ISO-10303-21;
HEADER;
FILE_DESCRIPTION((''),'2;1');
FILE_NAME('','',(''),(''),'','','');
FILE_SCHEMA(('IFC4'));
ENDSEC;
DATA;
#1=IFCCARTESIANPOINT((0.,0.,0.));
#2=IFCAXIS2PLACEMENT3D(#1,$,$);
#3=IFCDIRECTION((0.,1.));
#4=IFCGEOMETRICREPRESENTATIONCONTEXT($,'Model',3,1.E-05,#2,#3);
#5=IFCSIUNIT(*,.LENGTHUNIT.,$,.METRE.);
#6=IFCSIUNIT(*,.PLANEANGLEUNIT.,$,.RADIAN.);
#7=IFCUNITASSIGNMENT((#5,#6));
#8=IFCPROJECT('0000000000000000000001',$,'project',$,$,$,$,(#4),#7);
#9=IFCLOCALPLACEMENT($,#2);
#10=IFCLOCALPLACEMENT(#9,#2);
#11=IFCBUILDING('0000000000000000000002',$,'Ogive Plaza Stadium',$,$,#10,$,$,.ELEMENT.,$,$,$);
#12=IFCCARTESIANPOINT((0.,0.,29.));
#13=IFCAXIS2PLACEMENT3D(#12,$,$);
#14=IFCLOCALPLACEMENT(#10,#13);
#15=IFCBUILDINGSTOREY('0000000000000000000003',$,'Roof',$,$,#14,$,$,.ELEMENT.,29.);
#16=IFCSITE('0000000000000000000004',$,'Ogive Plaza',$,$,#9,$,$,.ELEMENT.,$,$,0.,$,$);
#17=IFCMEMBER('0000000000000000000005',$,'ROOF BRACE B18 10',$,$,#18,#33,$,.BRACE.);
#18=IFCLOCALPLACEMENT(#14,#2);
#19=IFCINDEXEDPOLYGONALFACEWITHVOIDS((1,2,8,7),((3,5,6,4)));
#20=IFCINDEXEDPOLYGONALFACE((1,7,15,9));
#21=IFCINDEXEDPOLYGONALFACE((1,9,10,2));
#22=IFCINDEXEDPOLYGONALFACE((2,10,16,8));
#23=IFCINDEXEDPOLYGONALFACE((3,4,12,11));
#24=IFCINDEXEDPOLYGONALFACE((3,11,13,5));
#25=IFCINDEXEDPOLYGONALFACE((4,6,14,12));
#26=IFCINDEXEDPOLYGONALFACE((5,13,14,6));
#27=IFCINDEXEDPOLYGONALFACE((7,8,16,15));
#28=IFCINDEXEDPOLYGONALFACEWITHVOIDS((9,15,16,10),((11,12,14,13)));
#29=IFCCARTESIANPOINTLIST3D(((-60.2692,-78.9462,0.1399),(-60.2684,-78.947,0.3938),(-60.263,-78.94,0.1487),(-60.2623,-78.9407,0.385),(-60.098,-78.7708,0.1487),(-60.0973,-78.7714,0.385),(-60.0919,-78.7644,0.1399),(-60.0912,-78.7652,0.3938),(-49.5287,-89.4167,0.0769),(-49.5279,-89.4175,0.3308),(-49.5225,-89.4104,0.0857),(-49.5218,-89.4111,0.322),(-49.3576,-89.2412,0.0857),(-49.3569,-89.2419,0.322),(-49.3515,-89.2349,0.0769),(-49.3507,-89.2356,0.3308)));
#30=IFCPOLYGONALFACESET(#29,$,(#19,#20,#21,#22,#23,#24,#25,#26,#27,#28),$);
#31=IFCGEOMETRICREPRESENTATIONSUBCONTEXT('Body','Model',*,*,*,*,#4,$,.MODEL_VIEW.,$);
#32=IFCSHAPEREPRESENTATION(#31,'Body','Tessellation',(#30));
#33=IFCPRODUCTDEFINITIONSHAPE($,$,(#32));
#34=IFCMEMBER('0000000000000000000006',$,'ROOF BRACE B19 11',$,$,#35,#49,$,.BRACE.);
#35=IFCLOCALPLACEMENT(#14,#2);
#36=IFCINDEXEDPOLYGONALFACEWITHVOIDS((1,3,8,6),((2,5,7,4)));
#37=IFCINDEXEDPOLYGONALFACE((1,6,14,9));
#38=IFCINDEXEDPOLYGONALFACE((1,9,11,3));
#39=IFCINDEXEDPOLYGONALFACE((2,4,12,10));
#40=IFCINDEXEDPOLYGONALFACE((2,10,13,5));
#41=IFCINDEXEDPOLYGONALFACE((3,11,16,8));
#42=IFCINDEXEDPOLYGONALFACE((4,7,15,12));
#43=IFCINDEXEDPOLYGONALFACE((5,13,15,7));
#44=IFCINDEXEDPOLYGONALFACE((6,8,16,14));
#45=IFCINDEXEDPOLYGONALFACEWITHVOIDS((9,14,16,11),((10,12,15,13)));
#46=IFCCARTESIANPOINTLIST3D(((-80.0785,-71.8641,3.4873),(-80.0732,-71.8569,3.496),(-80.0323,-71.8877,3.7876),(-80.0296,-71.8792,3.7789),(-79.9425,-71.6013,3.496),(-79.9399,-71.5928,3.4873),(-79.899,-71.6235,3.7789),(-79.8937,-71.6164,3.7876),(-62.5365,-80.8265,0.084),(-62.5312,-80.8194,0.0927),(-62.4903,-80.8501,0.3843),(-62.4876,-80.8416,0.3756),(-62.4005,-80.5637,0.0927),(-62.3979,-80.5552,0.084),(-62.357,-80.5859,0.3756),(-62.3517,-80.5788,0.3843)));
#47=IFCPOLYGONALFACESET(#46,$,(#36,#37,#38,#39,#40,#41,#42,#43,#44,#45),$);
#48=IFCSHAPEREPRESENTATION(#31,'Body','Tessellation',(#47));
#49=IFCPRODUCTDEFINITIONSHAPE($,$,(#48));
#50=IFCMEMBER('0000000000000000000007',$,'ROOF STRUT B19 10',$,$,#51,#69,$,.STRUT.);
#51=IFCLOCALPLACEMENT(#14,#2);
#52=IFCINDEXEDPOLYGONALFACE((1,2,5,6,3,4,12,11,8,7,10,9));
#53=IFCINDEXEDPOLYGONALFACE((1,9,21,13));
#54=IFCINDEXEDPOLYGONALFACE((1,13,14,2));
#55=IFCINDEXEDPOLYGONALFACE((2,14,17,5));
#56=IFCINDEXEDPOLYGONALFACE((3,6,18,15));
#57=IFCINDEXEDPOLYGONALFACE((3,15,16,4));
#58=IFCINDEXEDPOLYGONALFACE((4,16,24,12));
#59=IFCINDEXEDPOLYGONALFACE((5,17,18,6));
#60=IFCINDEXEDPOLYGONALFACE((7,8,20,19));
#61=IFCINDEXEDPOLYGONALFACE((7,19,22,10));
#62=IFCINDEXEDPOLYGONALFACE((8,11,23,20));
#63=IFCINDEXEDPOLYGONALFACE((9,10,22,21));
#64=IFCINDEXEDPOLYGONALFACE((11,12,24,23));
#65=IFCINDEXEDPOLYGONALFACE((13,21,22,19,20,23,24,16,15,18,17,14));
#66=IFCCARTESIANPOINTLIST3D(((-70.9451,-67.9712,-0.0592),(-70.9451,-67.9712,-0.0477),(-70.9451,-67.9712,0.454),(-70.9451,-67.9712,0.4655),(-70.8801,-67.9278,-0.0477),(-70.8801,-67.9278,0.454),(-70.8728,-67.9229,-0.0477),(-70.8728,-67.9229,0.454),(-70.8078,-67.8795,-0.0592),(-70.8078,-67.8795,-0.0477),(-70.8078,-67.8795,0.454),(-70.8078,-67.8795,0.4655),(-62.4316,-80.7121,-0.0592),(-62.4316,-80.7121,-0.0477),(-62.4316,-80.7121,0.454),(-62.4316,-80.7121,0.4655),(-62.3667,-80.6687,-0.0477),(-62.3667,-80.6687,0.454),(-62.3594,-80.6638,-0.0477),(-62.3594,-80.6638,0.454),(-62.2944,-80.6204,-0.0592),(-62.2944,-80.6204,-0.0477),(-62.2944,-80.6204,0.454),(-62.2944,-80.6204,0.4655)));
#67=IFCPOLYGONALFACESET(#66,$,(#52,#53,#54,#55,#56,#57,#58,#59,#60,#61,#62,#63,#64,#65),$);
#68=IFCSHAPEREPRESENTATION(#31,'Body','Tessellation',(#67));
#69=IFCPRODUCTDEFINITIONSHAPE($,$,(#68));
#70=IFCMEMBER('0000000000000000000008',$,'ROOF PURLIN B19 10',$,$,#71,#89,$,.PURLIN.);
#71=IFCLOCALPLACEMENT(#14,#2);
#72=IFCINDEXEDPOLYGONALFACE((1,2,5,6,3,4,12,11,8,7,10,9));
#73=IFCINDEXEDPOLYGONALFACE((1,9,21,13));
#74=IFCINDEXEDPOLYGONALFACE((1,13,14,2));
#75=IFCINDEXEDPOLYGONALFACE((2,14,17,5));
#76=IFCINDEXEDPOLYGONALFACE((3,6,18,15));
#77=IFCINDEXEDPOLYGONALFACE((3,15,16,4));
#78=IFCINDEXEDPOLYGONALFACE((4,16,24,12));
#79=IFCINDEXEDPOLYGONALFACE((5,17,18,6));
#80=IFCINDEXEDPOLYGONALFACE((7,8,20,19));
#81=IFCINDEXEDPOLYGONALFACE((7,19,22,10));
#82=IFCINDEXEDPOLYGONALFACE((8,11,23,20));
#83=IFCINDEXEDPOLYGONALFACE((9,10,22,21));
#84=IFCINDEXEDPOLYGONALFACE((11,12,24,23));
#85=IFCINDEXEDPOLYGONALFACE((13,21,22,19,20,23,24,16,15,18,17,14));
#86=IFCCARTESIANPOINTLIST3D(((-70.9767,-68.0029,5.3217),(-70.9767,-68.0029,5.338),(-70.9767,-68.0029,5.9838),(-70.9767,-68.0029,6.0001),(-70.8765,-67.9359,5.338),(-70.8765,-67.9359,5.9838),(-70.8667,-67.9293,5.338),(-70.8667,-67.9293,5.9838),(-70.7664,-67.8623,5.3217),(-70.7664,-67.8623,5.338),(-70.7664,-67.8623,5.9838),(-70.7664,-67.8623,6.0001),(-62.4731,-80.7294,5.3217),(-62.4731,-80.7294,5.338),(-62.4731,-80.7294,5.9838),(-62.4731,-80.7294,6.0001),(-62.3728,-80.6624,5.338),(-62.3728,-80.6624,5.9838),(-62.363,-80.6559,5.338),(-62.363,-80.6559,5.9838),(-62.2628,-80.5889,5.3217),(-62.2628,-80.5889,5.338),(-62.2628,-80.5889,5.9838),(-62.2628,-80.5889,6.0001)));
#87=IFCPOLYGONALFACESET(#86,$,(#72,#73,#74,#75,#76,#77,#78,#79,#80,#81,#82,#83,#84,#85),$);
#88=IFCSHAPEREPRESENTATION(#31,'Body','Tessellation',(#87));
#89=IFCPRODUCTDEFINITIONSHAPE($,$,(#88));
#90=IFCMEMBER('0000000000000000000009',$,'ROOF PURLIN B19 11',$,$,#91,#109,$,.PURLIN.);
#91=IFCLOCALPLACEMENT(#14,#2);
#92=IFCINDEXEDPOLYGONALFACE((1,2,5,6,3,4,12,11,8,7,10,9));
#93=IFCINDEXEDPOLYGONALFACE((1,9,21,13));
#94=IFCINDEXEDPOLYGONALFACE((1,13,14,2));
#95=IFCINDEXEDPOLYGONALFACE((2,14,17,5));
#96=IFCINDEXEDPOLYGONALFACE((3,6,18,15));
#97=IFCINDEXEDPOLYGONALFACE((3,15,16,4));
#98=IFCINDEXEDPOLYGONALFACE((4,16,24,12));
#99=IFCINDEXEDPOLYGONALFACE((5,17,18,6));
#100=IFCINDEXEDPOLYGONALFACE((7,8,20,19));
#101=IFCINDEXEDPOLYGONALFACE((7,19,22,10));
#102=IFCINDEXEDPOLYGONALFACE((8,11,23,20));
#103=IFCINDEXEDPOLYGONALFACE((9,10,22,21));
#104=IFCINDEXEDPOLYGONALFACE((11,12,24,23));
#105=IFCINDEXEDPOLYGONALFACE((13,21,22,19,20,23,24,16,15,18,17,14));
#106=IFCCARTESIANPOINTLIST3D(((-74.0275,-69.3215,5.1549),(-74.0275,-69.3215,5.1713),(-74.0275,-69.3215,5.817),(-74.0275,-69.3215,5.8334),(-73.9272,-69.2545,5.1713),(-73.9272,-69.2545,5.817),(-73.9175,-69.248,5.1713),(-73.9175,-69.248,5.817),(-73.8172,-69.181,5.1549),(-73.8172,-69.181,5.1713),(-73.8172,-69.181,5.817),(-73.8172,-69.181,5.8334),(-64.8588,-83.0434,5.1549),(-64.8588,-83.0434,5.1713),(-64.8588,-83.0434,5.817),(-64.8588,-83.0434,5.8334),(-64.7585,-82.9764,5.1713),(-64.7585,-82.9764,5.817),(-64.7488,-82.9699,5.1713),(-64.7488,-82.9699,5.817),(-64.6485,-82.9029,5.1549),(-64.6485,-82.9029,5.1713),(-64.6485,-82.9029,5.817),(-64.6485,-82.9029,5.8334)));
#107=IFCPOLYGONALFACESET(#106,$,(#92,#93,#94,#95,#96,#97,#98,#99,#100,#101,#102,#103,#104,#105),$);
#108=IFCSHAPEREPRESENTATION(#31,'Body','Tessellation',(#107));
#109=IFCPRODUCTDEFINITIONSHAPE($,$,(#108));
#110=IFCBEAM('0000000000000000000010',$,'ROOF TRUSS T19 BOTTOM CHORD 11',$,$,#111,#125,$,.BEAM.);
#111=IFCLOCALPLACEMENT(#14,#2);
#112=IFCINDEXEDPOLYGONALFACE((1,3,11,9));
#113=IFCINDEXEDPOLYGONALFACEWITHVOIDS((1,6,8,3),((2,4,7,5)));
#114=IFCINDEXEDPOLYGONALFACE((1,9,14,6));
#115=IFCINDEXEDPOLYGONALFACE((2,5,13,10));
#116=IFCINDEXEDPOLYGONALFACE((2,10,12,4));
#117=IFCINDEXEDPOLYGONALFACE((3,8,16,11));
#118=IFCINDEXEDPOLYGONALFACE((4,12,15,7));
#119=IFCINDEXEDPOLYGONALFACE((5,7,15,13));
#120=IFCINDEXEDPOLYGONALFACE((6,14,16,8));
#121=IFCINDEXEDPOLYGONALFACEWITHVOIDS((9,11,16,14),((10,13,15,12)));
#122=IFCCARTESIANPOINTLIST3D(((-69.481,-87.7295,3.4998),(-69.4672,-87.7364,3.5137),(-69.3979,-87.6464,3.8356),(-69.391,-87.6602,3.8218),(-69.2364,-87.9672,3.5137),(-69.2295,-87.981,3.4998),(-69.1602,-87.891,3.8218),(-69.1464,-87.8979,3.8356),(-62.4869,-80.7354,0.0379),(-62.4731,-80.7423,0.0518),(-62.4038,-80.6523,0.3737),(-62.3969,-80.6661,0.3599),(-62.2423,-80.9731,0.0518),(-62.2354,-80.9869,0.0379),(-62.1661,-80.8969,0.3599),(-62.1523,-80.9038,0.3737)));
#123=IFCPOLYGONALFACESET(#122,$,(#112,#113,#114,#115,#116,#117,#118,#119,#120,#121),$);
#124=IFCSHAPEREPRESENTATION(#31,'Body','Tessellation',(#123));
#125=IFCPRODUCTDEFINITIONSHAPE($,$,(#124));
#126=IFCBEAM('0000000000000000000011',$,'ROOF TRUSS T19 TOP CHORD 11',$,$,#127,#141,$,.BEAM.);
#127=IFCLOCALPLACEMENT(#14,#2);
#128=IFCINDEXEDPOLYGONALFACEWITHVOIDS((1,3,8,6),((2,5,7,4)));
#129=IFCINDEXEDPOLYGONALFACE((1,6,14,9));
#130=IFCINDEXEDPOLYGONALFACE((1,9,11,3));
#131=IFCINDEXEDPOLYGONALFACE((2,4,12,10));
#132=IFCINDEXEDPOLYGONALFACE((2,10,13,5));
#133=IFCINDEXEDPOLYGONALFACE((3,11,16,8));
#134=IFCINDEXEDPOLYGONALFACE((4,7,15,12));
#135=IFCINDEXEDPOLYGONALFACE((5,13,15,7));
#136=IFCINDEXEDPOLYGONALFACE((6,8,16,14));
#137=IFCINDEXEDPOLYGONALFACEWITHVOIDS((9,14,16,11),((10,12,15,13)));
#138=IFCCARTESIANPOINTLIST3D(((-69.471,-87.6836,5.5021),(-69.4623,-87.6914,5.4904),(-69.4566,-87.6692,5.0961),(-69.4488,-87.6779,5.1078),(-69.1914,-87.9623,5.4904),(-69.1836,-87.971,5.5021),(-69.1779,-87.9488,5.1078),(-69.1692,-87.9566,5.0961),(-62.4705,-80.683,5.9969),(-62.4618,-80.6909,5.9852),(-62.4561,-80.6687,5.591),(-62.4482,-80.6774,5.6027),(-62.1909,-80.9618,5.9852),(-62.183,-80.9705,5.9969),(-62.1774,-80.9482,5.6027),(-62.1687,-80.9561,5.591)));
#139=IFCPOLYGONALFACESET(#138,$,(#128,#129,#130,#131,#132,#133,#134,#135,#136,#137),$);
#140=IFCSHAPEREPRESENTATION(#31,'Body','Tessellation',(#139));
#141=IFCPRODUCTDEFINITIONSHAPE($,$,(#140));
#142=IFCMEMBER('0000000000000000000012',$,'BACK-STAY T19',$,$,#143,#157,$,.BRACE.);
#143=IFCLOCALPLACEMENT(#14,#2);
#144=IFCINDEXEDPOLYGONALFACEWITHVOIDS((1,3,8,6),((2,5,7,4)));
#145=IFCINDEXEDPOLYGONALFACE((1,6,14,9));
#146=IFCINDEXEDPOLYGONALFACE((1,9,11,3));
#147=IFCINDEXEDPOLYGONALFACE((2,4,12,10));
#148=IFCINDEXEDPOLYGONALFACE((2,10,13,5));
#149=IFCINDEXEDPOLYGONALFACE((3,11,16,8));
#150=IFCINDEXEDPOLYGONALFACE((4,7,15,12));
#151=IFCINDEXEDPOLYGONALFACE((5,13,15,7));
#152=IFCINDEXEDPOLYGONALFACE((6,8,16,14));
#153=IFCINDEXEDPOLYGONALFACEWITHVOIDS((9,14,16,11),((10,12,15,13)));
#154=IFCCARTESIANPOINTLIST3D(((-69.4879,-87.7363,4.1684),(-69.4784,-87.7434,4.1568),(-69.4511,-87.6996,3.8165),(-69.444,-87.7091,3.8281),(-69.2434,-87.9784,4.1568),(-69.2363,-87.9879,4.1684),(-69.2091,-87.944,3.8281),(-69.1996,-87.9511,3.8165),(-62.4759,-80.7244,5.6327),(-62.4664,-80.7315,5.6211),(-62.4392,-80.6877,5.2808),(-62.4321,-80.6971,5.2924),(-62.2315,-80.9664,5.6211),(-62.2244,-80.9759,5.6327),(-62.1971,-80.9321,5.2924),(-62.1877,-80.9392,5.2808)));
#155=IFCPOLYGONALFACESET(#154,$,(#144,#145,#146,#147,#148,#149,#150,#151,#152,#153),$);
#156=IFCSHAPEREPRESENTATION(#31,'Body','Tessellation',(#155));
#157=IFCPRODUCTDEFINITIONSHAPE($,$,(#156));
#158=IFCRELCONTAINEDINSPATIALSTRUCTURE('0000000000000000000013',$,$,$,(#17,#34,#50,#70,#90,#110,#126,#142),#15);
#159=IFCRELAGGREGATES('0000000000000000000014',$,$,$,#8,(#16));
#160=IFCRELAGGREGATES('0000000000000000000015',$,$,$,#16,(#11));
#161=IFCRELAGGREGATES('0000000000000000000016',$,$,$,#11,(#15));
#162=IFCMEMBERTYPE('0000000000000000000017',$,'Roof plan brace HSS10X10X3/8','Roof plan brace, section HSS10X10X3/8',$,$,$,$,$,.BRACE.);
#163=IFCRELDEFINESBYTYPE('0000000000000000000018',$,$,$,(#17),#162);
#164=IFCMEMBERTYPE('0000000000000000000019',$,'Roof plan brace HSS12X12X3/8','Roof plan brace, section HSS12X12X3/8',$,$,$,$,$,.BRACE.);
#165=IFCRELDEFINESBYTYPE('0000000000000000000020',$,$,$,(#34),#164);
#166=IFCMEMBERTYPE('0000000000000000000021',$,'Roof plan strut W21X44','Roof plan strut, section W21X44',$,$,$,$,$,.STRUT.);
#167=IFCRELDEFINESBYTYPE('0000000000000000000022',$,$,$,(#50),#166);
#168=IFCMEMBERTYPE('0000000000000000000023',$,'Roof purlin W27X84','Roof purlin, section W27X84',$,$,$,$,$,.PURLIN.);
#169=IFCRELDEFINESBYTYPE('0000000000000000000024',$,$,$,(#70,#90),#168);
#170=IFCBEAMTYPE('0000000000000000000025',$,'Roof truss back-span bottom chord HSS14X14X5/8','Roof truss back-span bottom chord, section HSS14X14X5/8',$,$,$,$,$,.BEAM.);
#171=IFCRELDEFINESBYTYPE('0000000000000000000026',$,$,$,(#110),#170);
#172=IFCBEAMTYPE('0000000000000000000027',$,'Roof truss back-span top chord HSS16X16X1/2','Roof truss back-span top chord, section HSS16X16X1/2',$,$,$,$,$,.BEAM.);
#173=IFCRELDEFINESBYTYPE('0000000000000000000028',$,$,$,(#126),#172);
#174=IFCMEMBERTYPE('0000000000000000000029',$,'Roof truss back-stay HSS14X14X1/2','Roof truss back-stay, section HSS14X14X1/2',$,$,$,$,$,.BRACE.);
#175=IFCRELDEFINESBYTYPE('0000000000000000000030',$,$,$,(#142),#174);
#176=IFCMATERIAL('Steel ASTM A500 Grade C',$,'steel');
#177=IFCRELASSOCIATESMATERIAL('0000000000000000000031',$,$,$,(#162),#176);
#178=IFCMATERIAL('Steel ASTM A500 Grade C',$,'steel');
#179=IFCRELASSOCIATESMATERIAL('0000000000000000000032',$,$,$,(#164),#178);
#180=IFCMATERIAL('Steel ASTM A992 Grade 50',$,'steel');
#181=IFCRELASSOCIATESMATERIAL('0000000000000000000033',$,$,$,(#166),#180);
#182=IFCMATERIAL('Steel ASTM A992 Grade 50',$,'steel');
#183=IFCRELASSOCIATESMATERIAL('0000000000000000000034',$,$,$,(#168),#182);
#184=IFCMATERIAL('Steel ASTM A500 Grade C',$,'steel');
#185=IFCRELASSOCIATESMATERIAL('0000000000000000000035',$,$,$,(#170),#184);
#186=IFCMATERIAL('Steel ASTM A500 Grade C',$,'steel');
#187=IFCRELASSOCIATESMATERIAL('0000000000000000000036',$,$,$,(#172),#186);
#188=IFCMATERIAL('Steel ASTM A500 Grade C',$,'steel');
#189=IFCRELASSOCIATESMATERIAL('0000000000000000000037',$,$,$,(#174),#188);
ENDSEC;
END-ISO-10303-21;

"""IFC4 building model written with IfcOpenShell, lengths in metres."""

from ifc_helpers import new_model, si_unit, direction, frame, origin, origin_2d, place, context, subcontext, project, spatial, hollow_rectangle, i_section, extrude, material, material_profile, profile_set, type_object, element, save


model = new_model("IFC4")

# Units and contexts
model_context = context("Model", 3, precision=1e-05, world=origin(), true_north=direction((0.0, 1.0)))
body_context = subcontext(model_context, "Body", "Model", "MODEL_VIEW")
ifc_project = project(units=[si_unit("LENGTHUNIT", "METRE"), si_unit("PLANEANGLEUNIT", "RADIAN")], contexts=[model_context])

# Site, building, storey
site_placement = place(None, origin())
site = spatial("IfcSite", under=ifc_project, at=site_placement, Name="Ogive Plaza", CompositionType="ELEMENT", RefElevation=0.0)
building_placement = place(site_placement, origin())
building = spatial("IfcBuilding", under=site, at=building_placement, Name="Ogive Plaza Stadium", CompositionType="ELEMENT")
storey_placement = place(building_placement, frame((0.0, 0.0, 29.0)))
storey = spatial("IfcBuildingStorey", under=building, at=storey_placement, Name="Roof", CompositionType="ELEMENT", Elevation=29.0)

# Members
ifc_material_1 = material(Name="Steel ASTM A500 Grade C", Category="steel")
ifc_material_profile_1 = material_profile(ifc_material_1, hollow_rectangle(XDim=0.2539, YDim=0.2539, WallThickness=0.0088, at=origin_2d()), Name="HSS10X10X3/8")
ifc_profile_set_1 = profile_set([ifc_material_profile_1], Name="Steel ASTM A500 Grade C")
member_type_1 = type_object("IfcMemberType", Name="Roof plan brace HSS10X10X3/8", Description="Roof plan brace, section HSS10X10X3/8", PredefinedType="BRACE", material=ifc_profile_set_1)
member_1_placement = place(storey_placement, frame((-60.1802, -78.8557, 0.2668), z_axis=(0.716044, -0.698042, -0.004199), x_axis=(0.698049, 0.71605, 0.0)))
element("IfcMember", 1, at=member_1_placement, inside=storey, type_object=member_type_1, Name="ROOF BRACE B18 10", PredefinedType="BRACE", context=body_context, shape_type="SweptSolid", body=[
    extrude(hollow_rectangle(XDim=0.2539, YDim=0.2539, WallThickness=0.0088, at=origin_2d()), origin(), (0.0, 0.0, 1.0), 14.9998),
])
ifc_material_2 = material(Name="Steel ASTM A500 Grade C", Category="steel")
ifc_material_profile_2 = material_profile(ifc_material_2, hollow_rectangle(XDim=0.3047, YDim=0.3047, WallThickness=0.0088, at=origin_2d()), Name="HSS12X12X3/8")
ifc_profile_set_2 = profile_set([ifc_material_profile_2], Name="Steel ASTM A500 Grade C")
member_type_2 = type_object("IfcMemberType", Name="Roof plan brace HSS12X12X3/8", Description="Roof plan brace, section HSS12X12X3/8", PredefinedType="BRACE", material=ifc_profile_set_2)
member_2_placement = place(storey_placement, frame((-62.4441, -80.7026, 0.2341), z_axis=(-0.877507, 0.448328, 0.170245), x_axis=(-0.45497, -0.890507, 0.0)))
element("IfcMember", 2, at=member_2_placement, inside=storey, type_object=member_type_2, Name="ROOF BRACE B19 11", PredefinedType="BRACE", context=body_context, shape_type="SweptSolid", body=[
    extrude(hollow_rectangle(XDim=0.3047, YDim=0.3047, WallThickness=0.0088, at=origin_2d()), origin(), (0.0, 0.0, 1.0), 19.9907),
])
ifc_material_3 = material(Name="Steel ASTM A992 Grade 50", Category="steel")
ifc_material_profile_3 = material_profile(ifc_material_3, i_section(OverallWidth=0.165, OverallDepth=0.5247, WebThickness=0.0088, FlangeThickness=0.0115, at=origin_2d()), Name="W21X44")
ifc_profile_set_3 = profile_set([ifc_material_profile_3], Name="Steel ASTM A992 Grade 50")
member_type_3 = type_object("IfcMemberType", Name="Roof plan strut W21X44", Description="Roof plan strut, section W21X44", PredefinedType="STRUT", material=ifc_profile_set_3)
member_3_placement = place(storey_placement, frame((-62.363, -80.6663, 0.2031), z_axis=(-0.555579, 0.831464, 0.0), x_axis=(-0.831464, -0.555579, 0.0)))
element("IfcMember", 3, at=member_3_placement, inside=storey, type_object=member_type_3, Name="ROOF STRUT B19 10", PredefinedType="STRUT", context=body_context, shape_type="SweptSolid", body=[
    extrude(i_section(OverallWidth=0.165, OverallDepth=0.5247, WebThickness=0.0088, FlangeThickness=0.0115, at=origin_2d()), origin(), (0.0, 0.0, 1.0), 15.3235),
])
ifc_material_4 = material(Name="Steel ASTM A992 Grade 50", Category="steel")
ifc_material_profile_4 = material_profile(ifc_material_4, i_section(OverallWidth=0.2529, OverallDepth=0.6785, WebThickness=0.0117, FlangeThickness=0.0164, at=origin_2d()), Name="W27X84")
ifc_profile_set_4 = profile_set([ifc_material_profile_4], Name="Steel ASTM A992 Grade 50")
member_type_4 = type_object("IfcMemberType", Name="Roof purlin W27X84", Description="Roof purlin, section W27X84", PredefinedType="PURLIN", material=ifc_profile_set_4)
member_4_placement = place(storey_placement, frame((-62.3679, -80.6592, 5.6609), z_axis=(-0.555572, 0.831468, 0.0), x_axis=(-0.831468, -0.555572, 0.0)))
element("IfcMember", 4, at=member_4_placement, inside=storey, type_object=member_type_4, Name="ROOF PURLIN B19 10", PredefinedType="PURLIN", context=body_context, shape_type="SweptSolid", body=[
    extrude(i_section(OverallWidth=0.2529, OverallDepth=0.6785, WebThickness=0.0117, FlangeThickness=0.0164, at=origin_2d()), origin(), (0.0, 0.0, 1.0), 15.3062),
])
member_5_placement = place(storey_placement, frame((-64.7537, -82.9731, 5.4941), z_axis=(-0.55557, 0.831469, 0.0), x_axis=(-0.831469, -0.55557, 0.0)))
element("IfcMember", 5, at=member_5_placement, inside=storey, type_object=member_type_4, Name="ROOF PURLIN B19 11", PredefinedType="PURLIN", context=body_context, shape_type="SweptSolid", body=[
    extrude(i_section(OverallWidth=0.2529, OverallDepth=0.6785, WebThickness=0.0117, FlangeThickness=0.0164, at=origin_2d()), origin(), (0.0, 0.0, 1.0), 16.5032),
])

# Beams
ifc_material_5 = material(Name="Steel ASTM A500 Grade C", Category="steel")
ifc_material_profile_5 = material_profile(ifc_material_5, hollow_rectangle(XDim=0.3557, YDim=0.3557, WallThickness=0.0146, at=origin_2d()), Name="HSS14X14X5/8")
ifc_profile_set_5 = profile_set([ifc_material_profile_5], Name="Steel ASTM A500 Grade C")
beam_type_1 = type_object("IfcBeamType", Name="Roof truss back-span bottom chord HSS14X14X5/8", Description="Roof truss back-span bottom chord, section HSS14X14X5/8", PredefinedType="BEAM", material=ifc_profile_set_5)
beam_1_placement = place(storey_placement, frame((-62.3196, -80.8196, 0.2058), z_axis=(-0.667409, -0.667409, 0.33035), x_axis=(0.707107, -0.707107, 0.0)))
element("IfcBeam", 6, at=beam_1_placement, inside=storey, type_object=beam_type_1, Name="ROOF TRUSS T19 BOTTOM CHORD 11", PredefinedType="BEAM", context=body_context, shape_type="SweptSolid", body=[
    extrude(hollow_rectangle(XDim=0.3557, YDim=0.3557, WallThickness=0.0146, at=origin_2d()), origin(), (0.0, 0.0, 1.0), 10.4795),
])
ifc_material_6 = material(Name="Steel ASTM A500 Grade C", Category="steel")
ifc_material_profile_6 = material_profile(ifc_material_6, hollow_rectangle(XDim=0.4065, YDim=0.4065, WallThickness=0.0117, at=origin_2d()), Name="HSS16X16X1/2")
ifc_profile_set_6 = profile_set([ifc_material_profile_6], Name="Steel ASTM A500 Grade C")
beam_type_2 = type_object("IfcBeamType", Name="Roof truss back-span top chord HSS16X16X1/2", Description="Roof truss back-span top chord, section HSS16X16X1/2", PredefinedType="BEAM", material=ifc_profile_set_6)
beam_2_placement = place(storey_placement, frame((-62.3196, -80.8196, 5.7939), z_axis=(-0.706225, -0.706225, -0.049924), x_axis=(0.707107, -0.707107, 0.0)))
element("IfcBeam", 7, at=beam_2_placement, inside=storey, type_object=beam_type_2, Name="ROOF TRUSS T19 TOP CHORD 11", PredefinedType="BEAM", context=body_context, shape_type="SweptSolid", body=[
    extrude(hollow_rectangle(XDim=0.4065, YDim=0.4065, WallThickness=0.0117, at=origin_2d()), origin(), (0.0, 0.0, 1.0), 9.9126),
])

# Member
ifc_material_7 = material(Name="Steel ASTM A500 Grade C", Category="steel")
ifc_material_profile_7 = material_profile(ifc_material_7, hollow_rectangle(XDim=0.3557, YDim=0.3557, WallThickness=0.0117, at=origin_2d()), Name="HSS14X14X1/2")
ifc_profile_set_7 = profile_set([ifc_material_profile_7], Name="Steel ASTM A500 Grade C")
member_type_5 = type_object("IfcMemberType", Name="Roof truss back-stay HSS14X14X1/2", Description="Roof truss back-stay, section HSS14X14X1/2", PredefinedType="BRACE", material=ifc_profile_set_7)
member_6_placement = place(storey_placement, frame((-62.3318, -80.8318, 5.4568), z_axis=(-0.699521, -0.699521, -0.146086), x_axis=(0.707107, -0.707107, 0.0)))
element("IfcMember", 8, at=member_6_placement, inside=storey, type_object=member_type_5, Name="BACK-STAY T19", PredefinedType="BRACE", context=body_context, shape_type="SweptSolid", body=[
    extrude(hollow_rectangle(XDim=0.3557, YDim=0.3557, WallThickness=0.0117, at=origin_2d()), origin(), (0.0, 0.0, 1.0), 10.0239),
])

save(model, "model.ifc")
